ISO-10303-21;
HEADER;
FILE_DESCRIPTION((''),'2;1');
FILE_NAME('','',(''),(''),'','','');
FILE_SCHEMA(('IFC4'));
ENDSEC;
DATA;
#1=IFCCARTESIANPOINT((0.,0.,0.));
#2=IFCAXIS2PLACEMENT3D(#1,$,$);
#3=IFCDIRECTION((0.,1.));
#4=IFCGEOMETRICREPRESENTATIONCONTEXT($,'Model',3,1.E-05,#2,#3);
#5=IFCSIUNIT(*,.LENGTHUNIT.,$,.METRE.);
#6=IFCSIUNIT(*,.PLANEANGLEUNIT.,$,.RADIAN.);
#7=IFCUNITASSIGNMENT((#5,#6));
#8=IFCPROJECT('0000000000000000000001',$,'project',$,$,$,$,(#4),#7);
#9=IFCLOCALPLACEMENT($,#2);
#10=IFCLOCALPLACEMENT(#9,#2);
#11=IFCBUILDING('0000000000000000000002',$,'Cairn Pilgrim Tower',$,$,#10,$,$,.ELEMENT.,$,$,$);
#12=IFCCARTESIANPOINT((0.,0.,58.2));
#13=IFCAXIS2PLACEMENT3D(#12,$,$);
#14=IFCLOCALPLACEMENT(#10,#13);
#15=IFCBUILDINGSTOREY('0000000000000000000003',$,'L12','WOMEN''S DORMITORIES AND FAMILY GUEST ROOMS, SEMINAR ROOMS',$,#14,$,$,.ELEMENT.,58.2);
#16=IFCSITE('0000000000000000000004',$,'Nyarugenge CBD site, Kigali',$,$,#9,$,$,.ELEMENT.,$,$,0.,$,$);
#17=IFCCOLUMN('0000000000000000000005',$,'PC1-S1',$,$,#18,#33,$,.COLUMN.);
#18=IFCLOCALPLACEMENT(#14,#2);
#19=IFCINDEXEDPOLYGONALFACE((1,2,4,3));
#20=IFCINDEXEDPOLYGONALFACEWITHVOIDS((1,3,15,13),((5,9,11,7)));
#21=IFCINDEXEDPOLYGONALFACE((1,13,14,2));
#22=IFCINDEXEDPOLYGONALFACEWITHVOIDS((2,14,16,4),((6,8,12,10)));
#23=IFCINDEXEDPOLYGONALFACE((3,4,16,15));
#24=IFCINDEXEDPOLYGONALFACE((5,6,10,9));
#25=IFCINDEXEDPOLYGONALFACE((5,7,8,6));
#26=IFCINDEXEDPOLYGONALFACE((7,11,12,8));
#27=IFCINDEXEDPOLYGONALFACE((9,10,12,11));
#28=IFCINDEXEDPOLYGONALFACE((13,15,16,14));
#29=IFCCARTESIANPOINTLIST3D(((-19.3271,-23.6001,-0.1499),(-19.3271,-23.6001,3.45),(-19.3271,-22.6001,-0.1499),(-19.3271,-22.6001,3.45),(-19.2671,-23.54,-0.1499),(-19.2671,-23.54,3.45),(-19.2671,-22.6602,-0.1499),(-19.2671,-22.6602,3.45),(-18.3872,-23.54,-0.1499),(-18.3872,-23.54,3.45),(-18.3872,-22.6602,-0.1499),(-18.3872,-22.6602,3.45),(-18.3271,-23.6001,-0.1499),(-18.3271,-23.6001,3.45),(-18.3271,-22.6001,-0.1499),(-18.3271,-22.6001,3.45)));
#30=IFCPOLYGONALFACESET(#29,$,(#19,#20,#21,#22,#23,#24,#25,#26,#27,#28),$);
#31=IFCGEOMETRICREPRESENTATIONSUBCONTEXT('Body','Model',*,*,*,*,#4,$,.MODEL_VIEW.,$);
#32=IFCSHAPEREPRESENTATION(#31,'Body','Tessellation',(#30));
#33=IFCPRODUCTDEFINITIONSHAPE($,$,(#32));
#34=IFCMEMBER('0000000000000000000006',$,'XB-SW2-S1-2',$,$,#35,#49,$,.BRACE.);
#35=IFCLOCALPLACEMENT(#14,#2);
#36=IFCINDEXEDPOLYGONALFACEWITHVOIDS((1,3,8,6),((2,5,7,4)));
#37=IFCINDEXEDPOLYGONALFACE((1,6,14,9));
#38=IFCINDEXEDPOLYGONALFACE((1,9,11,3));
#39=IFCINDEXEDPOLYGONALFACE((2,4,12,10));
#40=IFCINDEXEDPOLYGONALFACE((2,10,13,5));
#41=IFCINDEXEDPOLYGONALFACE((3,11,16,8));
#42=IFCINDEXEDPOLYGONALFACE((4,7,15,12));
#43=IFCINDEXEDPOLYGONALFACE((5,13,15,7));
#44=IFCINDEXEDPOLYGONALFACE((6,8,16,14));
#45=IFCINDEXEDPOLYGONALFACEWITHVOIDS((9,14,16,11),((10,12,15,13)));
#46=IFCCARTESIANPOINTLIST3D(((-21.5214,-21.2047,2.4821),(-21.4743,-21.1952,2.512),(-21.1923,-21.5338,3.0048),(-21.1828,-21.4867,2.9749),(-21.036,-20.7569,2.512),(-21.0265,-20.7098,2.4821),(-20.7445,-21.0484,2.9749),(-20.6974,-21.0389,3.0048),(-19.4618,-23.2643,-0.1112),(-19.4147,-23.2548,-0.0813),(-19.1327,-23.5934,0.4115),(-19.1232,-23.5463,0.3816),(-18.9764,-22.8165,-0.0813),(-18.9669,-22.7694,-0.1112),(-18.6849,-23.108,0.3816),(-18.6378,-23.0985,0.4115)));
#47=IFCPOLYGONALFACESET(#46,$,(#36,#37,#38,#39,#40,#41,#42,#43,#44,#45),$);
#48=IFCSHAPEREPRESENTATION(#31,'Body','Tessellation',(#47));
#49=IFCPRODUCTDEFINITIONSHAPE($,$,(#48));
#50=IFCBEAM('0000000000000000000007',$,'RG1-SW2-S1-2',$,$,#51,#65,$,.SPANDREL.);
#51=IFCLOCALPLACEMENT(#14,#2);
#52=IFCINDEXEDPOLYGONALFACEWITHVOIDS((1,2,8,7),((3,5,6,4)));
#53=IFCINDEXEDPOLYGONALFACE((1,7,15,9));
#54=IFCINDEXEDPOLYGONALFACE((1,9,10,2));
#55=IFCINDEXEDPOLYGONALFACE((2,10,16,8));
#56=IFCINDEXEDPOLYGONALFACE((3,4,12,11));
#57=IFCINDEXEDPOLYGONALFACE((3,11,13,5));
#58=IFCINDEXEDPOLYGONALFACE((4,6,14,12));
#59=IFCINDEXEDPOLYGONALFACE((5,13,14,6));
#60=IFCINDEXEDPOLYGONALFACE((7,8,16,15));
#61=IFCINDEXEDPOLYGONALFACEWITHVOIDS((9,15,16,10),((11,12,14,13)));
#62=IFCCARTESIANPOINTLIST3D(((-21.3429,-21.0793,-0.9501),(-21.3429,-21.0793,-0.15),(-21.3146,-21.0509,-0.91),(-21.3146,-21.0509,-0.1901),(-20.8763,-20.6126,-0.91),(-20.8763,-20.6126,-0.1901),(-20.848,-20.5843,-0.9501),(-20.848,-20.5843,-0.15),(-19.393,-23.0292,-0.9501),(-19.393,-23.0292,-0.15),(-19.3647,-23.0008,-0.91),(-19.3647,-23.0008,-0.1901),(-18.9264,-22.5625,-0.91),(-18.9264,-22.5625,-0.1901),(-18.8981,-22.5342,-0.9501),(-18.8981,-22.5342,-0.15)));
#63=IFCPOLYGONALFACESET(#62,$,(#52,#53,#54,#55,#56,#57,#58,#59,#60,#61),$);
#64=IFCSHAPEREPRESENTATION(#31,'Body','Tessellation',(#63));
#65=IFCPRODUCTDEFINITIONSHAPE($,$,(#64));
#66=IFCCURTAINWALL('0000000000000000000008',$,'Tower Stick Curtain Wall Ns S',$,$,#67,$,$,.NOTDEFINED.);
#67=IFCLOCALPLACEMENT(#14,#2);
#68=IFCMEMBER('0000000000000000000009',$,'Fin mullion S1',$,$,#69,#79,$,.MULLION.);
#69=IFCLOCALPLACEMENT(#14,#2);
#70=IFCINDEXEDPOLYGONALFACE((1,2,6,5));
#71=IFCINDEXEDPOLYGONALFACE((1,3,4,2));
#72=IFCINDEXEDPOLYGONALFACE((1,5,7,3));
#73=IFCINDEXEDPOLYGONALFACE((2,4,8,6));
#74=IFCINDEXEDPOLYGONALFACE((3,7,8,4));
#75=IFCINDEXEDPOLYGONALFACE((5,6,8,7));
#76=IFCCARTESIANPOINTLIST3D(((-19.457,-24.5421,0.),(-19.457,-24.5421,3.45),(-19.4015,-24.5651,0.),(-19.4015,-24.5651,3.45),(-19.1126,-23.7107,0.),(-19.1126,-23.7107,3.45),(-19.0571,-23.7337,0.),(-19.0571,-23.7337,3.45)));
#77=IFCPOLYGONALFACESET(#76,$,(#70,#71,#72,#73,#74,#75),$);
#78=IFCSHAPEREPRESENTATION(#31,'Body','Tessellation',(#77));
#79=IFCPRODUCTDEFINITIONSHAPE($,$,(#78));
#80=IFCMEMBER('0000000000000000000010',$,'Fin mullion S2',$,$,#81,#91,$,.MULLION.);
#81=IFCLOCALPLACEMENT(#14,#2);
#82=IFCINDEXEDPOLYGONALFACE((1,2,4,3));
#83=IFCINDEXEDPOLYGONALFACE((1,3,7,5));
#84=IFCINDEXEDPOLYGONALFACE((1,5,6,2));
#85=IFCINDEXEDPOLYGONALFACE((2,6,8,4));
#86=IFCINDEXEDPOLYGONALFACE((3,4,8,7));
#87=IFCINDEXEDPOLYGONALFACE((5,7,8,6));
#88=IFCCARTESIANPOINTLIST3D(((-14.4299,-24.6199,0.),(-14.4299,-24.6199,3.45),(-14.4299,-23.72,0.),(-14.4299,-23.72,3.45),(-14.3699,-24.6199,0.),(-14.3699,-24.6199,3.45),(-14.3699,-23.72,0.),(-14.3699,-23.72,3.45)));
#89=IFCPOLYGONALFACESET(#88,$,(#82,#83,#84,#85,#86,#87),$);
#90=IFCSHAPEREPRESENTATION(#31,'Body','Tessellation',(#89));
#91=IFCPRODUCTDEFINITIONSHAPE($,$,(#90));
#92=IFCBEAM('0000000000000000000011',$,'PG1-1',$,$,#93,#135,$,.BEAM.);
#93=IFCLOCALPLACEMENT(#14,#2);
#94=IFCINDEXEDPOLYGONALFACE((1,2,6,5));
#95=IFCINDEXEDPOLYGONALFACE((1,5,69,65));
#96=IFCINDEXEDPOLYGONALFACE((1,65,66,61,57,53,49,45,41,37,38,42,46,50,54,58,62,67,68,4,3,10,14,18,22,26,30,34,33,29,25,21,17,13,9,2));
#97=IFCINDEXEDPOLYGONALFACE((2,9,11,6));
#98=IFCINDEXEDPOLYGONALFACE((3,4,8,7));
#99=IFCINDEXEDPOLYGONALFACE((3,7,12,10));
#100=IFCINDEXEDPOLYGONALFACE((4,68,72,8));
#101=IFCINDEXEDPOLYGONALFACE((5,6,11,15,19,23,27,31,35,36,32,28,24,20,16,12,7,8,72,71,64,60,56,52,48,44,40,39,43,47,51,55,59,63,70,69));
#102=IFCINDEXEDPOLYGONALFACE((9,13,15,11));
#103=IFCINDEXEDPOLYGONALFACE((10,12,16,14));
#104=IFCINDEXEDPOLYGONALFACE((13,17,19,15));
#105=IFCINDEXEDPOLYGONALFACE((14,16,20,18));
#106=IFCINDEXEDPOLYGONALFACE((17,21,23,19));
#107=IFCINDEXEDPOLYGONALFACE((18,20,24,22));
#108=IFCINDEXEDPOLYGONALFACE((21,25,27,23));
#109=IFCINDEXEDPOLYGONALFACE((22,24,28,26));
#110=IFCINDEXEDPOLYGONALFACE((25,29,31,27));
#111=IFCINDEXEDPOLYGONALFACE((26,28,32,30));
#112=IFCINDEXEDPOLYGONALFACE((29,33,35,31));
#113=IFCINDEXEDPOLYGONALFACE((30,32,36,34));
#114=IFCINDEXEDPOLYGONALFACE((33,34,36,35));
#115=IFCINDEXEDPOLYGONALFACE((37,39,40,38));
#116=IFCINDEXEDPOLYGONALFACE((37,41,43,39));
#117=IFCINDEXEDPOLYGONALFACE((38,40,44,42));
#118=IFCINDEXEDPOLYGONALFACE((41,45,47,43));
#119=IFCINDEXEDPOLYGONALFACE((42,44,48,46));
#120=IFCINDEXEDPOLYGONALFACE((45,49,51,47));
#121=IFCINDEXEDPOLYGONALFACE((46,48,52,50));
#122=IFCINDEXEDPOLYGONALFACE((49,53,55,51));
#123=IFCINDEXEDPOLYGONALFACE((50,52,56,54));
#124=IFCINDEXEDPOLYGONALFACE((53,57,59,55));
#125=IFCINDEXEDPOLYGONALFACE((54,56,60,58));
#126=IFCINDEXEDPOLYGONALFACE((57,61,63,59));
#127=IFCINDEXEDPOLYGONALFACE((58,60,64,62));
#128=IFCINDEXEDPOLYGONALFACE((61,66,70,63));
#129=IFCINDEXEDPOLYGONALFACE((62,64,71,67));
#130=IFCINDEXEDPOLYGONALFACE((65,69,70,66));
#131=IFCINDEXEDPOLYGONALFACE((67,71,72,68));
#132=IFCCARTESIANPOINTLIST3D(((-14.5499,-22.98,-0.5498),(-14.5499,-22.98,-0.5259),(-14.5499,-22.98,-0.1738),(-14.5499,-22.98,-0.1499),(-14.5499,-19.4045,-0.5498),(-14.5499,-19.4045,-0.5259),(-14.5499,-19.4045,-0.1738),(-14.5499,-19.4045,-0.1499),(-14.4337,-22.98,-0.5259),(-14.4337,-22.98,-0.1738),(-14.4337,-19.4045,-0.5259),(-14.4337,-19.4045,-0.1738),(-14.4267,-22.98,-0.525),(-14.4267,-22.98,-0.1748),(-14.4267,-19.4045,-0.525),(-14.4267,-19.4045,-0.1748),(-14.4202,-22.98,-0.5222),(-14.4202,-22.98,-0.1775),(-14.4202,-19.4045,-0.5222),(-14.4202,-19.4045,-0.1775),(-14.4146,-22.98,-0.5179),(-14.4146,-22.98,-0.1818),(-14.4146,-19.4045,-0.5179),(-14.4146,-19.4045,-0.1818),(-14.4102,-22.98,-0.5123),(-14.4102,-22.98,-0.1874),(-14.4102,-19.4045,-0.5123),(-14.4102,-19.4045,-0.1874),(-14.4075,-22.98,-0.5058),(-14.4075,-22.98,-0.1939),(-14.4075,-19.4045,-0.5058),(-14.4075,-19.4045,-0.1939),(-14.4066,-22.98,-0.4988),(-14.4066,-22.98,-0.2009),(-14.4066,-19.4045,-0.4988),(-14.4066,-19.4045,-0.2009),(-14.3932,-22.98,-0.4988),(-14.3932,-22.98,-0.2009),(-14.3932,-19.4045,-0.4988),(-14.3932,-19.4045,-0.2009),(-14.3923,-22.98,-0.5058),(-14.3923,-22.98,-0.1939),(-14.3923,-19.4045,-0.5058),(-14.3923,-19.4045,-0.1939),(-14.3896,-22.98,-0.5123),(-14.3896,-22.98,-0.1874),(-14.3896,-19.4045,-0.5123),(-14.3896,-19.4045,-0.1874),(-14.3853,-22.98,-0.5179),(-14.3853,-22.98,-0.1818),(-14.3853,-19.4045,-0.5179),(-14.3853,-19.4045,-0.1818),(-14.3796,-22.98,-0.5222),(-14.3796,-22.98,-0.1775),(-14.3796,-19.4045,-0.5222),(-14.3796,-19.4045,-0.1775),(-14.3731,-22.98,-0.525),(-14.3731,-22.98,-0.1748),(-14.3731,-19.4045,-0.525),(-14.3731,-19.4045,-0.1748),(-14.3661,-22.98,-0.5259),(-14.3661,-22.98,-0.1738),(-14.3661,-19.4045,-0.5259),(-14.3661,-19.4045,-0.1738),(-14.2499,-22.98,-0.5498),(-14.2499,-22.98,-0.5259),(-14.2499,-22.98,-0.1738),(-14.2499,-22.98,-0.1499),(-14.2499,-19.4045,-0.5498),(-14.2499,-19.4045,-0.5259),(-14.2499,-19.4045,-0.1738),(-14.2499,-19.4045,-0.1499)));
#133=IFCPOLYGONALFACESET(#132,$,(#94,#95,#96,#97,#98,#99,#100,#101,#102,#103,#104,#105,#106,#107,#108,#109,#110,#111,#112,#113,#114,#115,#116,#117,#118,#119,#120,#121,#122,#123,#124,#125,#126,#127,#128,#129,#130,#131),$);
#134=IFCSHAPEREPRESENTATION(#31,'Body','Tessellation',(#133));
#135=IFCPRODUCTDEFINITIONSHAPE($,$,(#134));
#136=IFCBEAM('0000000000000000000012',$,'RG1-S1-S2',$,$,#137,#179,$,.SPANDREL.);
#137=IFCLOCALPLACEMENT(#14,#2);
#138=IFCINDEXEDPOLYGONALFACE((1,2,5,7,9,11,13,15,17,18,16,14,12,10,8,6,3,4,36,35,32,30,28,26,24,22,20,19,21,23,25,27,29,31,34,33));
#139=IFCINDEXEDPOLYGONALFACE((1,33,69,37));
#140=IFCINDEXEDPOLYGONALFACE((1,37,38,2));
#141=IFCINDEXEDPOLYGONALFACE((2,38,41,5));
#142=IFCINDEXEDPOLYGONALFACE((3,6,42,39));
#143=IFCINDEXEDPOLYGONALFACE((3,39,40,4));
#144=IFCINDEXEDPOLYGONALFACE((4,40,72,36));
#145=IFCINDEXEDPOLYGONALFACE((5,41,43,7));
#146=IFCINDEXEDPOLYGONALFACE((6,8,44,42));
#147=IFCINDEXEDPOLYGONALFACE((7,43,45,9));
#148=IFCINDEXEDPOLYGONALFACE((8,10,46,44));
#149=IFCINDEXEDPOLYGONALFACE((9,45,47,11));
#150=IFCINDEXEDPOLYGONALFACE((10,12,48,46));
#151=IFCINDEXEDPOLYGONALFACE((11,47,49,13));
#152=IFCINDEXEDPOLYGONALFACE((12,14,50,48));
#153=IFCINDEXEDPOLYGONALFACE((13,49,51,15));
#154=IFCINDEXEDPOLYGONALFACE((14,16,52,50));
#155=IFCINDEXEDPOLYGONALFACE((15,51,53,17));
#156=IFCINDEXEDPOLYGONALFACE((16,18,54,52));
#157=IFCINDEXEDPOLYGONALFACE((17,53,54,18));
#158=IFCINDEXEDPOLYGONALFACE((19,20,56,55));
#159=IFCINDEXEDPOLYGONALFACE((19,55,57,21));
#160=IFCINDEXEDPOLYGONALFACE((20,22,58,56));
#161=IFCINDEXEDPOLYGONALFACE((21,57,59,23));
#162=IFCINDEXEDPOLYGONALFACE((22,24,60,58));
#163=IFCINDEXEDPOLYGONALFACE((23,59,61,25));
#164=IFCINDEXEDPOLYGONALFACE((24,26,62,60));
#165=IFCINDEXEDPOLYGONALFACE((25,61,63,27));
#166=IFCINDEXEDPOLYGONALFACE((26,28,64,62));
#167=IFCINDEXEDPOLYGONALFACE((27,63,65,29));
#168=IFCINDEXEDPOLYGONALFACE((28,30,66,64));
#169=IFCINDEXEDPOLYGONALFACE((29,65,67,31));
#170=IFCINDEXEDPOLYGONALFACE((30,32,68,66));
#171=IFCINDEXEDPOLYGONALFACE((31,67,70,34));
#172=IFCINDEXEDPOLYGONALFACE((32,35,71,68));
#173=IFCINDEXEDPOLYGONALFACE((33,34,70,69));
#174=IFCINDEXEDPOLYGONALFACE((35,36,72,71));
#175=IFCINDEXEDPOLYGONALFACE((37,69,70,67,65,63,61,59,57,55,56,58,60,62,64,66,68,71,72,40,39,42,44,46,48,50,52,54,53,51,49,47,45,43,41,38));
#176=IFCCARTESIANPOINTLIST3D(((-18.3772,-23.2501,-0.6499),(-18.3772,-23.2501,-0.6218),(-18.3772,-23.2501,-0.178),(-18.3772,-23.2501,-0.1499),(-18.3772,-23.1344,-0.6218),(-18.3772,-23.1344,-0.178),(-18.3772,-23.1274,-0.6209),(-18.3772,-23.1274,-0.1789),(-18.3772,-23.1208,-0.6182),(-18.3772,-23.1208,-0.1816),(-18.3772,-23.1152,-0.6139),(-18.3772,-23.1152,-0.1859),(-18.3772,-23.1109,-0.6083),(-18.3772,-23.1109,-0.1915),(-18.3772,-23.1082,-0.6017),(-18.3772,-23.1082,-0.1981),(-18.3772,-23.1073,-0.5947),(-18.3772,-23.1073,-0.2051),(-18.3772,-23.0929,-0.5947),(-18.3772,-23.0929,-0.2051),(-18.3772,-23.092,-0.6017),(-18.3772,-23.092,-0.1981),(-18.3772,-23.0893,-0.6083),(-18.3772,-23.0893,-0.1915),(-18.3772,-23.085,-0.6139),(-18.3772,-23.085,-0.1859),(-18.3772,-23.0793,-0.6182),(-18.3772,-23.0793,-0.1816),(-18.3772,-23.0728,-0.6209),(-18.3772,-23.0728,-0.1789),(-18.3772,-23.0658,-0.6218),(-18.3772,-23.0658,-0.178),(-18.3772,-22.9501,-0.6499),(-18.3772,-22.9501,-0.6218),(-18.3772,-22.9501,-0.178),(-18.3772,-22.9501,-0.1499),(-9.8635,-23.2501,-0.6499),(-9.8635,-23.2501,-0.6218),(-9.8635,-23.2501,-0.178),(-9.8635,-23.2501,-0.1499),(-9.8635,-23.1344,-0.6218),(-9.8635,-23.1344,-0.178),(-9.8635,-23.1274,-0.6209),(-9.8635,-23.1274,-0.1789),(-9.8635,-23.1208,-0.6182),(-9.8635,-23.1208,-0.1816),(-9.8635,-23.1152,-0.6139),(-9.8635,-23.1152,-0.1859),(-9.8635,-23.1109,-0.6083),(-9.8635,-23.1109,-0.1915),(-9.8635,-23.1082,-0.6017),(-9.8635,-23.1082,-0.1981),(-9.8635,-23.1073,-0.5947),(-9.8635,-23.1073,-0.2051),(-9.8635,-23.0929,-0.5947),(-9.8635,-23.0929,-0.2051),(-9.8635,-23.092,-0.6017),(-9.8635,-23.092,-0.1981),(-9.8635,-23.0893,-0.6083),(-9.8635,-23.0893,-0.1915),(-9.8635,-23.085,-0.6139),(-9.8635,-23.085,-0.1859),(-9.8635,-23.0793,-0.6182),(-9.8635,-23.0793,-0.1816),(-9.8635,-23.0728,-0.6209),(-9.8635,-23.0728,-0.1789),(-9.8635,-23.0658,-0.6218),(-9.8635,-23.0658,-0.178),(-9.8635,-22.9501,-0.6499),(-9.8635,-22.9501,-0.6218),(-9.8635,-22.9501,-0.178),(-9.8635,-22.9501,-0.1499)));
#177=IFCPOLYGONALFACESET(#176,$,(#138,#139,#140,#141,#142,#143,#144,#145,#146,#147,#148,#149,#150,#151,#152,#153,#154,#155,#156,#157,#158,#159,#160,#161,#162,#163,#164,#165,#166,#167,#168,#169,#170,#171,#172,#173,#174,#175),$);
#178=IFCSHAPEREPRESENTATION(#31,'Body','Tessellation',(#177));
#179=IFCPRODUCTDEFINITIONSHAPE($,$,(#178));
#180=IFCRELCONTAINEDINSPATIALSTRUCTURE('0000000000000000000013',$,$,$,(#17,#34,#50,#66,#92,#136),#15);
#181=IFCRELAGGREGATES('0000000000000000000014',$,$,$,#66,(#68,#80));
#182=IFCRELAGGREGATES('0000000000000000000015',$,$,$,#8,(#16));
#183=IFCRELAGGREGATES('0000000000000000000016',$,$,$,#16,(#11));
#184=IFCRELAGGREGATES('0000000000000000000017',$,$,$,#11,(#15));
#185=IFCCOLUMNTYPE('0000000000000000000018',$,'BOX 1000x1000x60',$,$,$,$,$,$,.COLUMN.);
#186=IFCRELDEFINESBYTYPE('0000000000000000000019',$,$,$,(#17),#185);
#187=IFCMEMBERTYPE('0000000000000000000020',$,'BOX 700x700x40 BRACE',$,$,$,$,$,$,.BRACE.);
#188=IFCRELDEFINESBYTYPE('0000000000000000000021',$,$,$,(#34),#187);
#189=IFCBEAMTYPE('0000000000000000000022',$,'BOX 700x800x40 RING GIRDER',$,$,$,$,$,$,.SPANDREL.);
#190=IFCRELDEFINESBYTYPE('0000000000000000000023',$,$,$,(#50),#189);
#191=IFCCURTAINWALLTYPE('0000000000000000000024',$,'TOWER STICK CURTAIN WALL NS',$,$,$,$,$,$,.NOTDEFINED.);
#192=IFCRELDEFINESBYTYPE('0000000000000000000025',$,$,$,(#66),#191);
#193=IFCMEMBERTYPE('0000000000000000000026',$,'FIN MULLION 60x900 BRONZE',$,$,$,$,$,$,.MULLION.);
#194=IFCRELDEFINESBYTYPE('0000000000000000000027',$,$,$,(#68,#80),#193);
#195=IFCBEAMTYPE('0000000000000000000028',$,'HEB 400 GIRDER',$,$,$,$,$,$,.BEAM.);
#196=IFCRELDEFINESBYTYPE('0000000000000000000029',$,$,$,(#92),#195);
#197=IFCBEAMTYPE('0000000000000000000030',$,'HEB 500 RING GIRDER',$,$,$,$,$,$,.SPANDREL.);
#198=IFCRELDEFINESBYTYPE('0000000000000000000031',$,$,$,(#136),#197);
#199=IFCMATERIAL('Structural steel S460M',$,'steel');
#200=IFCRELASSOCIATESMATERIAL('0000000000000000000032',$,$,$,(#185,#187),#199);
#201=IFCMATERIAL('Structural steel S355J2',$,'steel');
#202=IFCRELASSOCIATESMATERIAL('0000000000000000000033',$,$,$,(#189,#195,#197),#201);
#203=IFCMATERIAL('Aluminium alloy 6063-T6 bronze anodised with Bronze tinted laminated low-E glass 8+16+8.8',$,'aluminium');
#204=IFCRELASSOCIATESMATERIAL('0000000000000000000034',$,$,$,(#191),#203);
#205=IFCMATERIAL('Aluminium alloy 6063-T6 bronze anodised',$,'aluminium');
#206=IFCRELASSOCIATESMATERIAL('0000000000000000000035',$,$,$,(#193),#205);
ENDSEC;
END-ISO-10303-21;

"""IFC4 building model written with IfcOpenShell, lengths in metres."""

from ifc_helpers import new_model, si_unit, direction, frame, origin, origin_2d, place, context, subcontext, project, spatial, rectangle, hollow_rectangle, i_section, extrude, material, material_profile, profile_set, type_object, element, aggregate, save


model = new_model("IFC4")

# Units and contexts
model_context = context("Model", 3, precision=1e-05, world=origin(), true_north=direction((0.0, 1.0)))
body_context = subcontext(model_context, "Body", "Model", "MODEL_VIEW")
ifc_project = project(units=[si_unit("LENGTHUNIT", "METRE"), si_unit("PLANEANGLEUNIT", "RADIAN")], contexts=[model_context])

# Site, building, storey
site_placement = place(None, origin())
site = spatial("IfcSite", under=ifc_project, at=site_placement, Name="Nyarugenge CBD site, Kigali", CompositionType="ELEMENT", RefElevation=0.0)
building_placement = place(site_placement, origin())
building = spatial("IfcBuilding", under=site, at=building_placement, Name="Cairn Pilgrim Tower", CompositionType="ELEMENT")
storey_placement = place(building_placement, frame((0.0, 0.0, 58.2)))
storey = spatial("IfcBuildingStorey", under=building, at=storey_placement, Name="L12", Description="WOMEN'S DORMITORIES AND FAMILY GUEST ROOMS, SEMINAR ROOMS", CompositionType="ELEMENT", Elevation=58.2)

# Column
ifc_material_1 = material(Name="Structural steel S460M", Category="steel")
ifc_material_profile_1 = material_profile(ifc_material_1, hollow_rectangle(XDim=1.0, YDim=1.0, WallThickness=0.0601, at=origin_2d()), Name="BOX 1000x1000x60")
ifc_profile_set_1 = profile_set([ifc_material_profile_1], Name="Structural steel S460M")
column_type = type_object("IfcColumnType", Name="BOX 1000x1000x60", PredefinedType="COLUMN", material=ifc_profile_set_1)
column_placement = place(storey_placement, frame((-18.8271, -23.1001, -0.1499), z_axis=(0.0, 0.0, 1.0), x_axis=(1.0, 0.0, 0.0)))
element("IfcColumn", 1, at=column_placement, inside=storey, type_object=column_type, Name="PC1-S1", PredefinedType="COLUMN", context=body_context, shape_type="SweptSolid", body=[
    extrude(hollow_rectangle(XDim=1.0, YDim=1.0, WallThickness=0.0601, at=origin_2d()), origin(), (0.0, 0.0, 1.0), 3.5999),
])

# Member
ifc_material_profile_2 = material_profile(ifc_material_1, hollow_rectangle(XDim=0.7, YDim=0.7, WallThickness=0.04, at=origin_2d()), Name="BOX 700x700x40")
ifc_profile_set_2 = profile_set([ifc_material_profile_2], Name="Structural steel S460M")
member_type_1 = type_object("IfcMemberType", Name="BOX 700x700x40 BRACE", PredefinedType="BRACE", material=ifc_profile_set_2)
member_1_placement = place(storey_placement, frame((-19.0498, -23.1814, 0.1501), z_axis=(-0.528118, 0.528118, 0.664968), x_axis=(-0.707107, -0.707107, 0.0)))
element("IfcMember", 2, at=member_1_placement, inside=storey, type_object=member_type_1, Name="XB-SW2-S1-2", PredefinedType="BRACE", context=body_context, shape_type="SweptSolid", body=[
    extrude(hollow_rectangle(XDim=0.7, YDim=0.7, WallThickness=0.04, at=origin_2d()), origin(), (0.0, 0.0, 1.0), 3.8999),
])

# Beam
ifc_material_2 = material(Name="Structural steel S355J2", Category="steel")
ifc_material_profile_3 = material_profile(ifc_material_2, hollow_rectangle(XDim=0.7, YDim=0.8, WallThickness=0.04, at=origin_2d()), Name="BOX 700x800x40")
ifc_profile_set_3 = profile_set([ifc_material_profile_3], Name="Structural steel S355J2")
beam_type_1 = type_object("IfcBeamType", Name="BOX 700x800x40 RING GIRDER", PredefinedType="SPANDREL", material=ifc_profile_set_3)
beam_1_placement = place(storey_placement, frame((-21.0955, -20.8318, -0.55), z_axis=(0.707107, -0.707107, 0.0), x_axis=(0.707107, 0.707107, 0.0)))
element("IfcBeam", 3, at=beam_1_placement, inside=storey, type_object=beam_type_1, Name="RG1-SW2-S1-2", PredefinedType="SPANDREL", context=body_context, shape_type="SweptSolid", body=[
    extrude(hollow_rectangle(XDim=0.7, YDim=0.8, WallThickness=0.04, at=origin_2d()), origin(), (0.0, 0.0, 1.0), 2.7576),
])

# Curtain wall, members
ifc_material_3 = material(Name="Aluminium alloy 6063-T6 bronze anodised with Bronze tinted laminated low-E glass 8+16+8.8", Category="aluminium")
curtain_wall_type_1 = type_object("IfcCurtainWallType", Name="TOWER STICK CURTAIN WALL NS", PredefinedType="NOTDEFINED", material=ifc_material_3)
curtain_wall_1_placement = place(storey_placement, origin())
curtain_wall_1 = element("IfcCurtainWall", 4, at=curtain_wall_1_placement, inside=storey, type_object=curtain_wall_type_1, Name="Tower Stick Curtain Wall Ns S", PredefinedType="NOTDEFINED")
ifc_material_4 = material(Name="Aluminium alloy 6063-T6 bronze anodised", Category="aluminium")
ifc_material_profile_4 = material_profile(ifc_material_4, rectangle(XDim=0.8999, YDim=0.0601, at=origin_2d()), Name="FIN MULLION 60x900 BRONZE")
ifc_profile_set_4 = profile_set([ifc_material_profile_4], Name="Aluminium alloy 6063-T6 bronze anodised")
member_type_2 = type_object("IfcMemberType", Name="FIN MULLION 60x900 BRONZE", PredefinedType="MULLION", material=ifc_profile_set_4)
member_2_placement = place(storey_placement, frame((-19.2571, -24.1379, 0.0), z_axis=(0.0, 0.0, 1.0), x_axis=(-0.382683, -0.92388, 0.0)))
member_2 = element("IfcMember", 5, at=member_2_placement, type_object=member_type_2, Name="Fin mullion S1", PredefinedType="MULLION", context=body_context, shape_type="SweptSolid", body=[
    extrude(rectangle(XDim=0.8999, YDim=0.0601, at=origin_2d()), origin(), (0.0, 0.0, 1.0), 3.45),
])
member_3_placement = place(storey_placement, frame((-14.3999, -24.1699, 0.0), z_axis=(0.0, 0.0, 1.0), x_axis=(0.0, -1.0, 0.0)))
member_3 = element("IfcMember", 6, at=member_3_placement, type_object=member_type_2, Name="Fin mullion S2", PredefinedType="MULLION", context=body_context, shape_type="SweptSolid", body=[
    extrude(rectangle(XDim=0.8999, YDim=0.0601, at=origin_2d()), origin(), (0.0, 0.0, 1.0), 3.45),
])

# Beams
ifc_material_profile_5 = material_profile(ifc_material_2, i_section(OverallWidth=0.3, OverallDepth=0.3999, WebThickness=0.0134, FlangeThickness=0.0239, FilletRadius=0.0271, at=origin_2d()), Name="HEB 400")
ifc_profile_set_5 = profile_set([ifc_material_profile_5], Name="Structural steel S355J2")
beam_type_2 = type_object("IfcBeamType", Name="HEB 400 GIRDER", PredefinedType="BEAM", material=ifc_profile_set_5)
beam_2_placement = place(storey_placement, frame((-14.3999, -22.98, -0.3499), z_axis=(0.0, 1.0, 0.0), x_axis=(-1.0, 0.0, 0.0)))
element("IfcBeam", 7, at=beam_2_placement, inside=storey, type_object=beam_type_2, Name="PG1-1", PredefinedType="BEAM", context=body_context, shape_type="SweptSolid", body=[
    extrude(i_section(OverallWidth=0.3, OverallDepth=0.3999, WebThickness=0.0134, FlangeThickness=0.0239, FilletRadius=0.0271, at=origin_2d()), origin(), (0.0, 0.0, 1.0), 3.5754),
])
ifc_material_profile_6 = material_profile(ifc_material_2, i_section(OverallWidth=0.3, OverallDepth=0.5, WebThickness=0.0144, FlangeThickness=0.0281, FilletRadius=0.0271, at=origin_2d()), Name="HEB 500")
ifc_profile_set_6 = profile_set([ifc_material_profile_6], Name="Structural steel S355J2")
beam_type_3 = type_object("IfcBeamType", Name="HEB 500 RING GIRDER", PredefinedType="SPANDREL", material=ifc_profile_set_6)
beam_3_placement = place(storey_placement, frame((-18.3772, -23.1001, -0.3999), z_axis=(1.0, 0.0, 0.0), x_axis=(0.0, 1.0, 0.0)))
element("IfcBeam", 8, at=beam_3_placement, inside=storey, type_object=beam_type_3, Name="RG1-S1-S2", PredefinedType="SPANDREL", context=body_context, shape_type="SweptSolid", body=[
    extrude(i_section(OverallWidth=0.3, OverallDepth=0.5, WebThickness=0.0144, FlangeThickness=0.0281, FilletRadius=0.0271, at=origin_2d()), origin(), (0.0, 0.0, 1.0), 8.5137),
])

aggregate(curtain_wall_1, [member_2, member_3])

save(model, "model.ifc")
